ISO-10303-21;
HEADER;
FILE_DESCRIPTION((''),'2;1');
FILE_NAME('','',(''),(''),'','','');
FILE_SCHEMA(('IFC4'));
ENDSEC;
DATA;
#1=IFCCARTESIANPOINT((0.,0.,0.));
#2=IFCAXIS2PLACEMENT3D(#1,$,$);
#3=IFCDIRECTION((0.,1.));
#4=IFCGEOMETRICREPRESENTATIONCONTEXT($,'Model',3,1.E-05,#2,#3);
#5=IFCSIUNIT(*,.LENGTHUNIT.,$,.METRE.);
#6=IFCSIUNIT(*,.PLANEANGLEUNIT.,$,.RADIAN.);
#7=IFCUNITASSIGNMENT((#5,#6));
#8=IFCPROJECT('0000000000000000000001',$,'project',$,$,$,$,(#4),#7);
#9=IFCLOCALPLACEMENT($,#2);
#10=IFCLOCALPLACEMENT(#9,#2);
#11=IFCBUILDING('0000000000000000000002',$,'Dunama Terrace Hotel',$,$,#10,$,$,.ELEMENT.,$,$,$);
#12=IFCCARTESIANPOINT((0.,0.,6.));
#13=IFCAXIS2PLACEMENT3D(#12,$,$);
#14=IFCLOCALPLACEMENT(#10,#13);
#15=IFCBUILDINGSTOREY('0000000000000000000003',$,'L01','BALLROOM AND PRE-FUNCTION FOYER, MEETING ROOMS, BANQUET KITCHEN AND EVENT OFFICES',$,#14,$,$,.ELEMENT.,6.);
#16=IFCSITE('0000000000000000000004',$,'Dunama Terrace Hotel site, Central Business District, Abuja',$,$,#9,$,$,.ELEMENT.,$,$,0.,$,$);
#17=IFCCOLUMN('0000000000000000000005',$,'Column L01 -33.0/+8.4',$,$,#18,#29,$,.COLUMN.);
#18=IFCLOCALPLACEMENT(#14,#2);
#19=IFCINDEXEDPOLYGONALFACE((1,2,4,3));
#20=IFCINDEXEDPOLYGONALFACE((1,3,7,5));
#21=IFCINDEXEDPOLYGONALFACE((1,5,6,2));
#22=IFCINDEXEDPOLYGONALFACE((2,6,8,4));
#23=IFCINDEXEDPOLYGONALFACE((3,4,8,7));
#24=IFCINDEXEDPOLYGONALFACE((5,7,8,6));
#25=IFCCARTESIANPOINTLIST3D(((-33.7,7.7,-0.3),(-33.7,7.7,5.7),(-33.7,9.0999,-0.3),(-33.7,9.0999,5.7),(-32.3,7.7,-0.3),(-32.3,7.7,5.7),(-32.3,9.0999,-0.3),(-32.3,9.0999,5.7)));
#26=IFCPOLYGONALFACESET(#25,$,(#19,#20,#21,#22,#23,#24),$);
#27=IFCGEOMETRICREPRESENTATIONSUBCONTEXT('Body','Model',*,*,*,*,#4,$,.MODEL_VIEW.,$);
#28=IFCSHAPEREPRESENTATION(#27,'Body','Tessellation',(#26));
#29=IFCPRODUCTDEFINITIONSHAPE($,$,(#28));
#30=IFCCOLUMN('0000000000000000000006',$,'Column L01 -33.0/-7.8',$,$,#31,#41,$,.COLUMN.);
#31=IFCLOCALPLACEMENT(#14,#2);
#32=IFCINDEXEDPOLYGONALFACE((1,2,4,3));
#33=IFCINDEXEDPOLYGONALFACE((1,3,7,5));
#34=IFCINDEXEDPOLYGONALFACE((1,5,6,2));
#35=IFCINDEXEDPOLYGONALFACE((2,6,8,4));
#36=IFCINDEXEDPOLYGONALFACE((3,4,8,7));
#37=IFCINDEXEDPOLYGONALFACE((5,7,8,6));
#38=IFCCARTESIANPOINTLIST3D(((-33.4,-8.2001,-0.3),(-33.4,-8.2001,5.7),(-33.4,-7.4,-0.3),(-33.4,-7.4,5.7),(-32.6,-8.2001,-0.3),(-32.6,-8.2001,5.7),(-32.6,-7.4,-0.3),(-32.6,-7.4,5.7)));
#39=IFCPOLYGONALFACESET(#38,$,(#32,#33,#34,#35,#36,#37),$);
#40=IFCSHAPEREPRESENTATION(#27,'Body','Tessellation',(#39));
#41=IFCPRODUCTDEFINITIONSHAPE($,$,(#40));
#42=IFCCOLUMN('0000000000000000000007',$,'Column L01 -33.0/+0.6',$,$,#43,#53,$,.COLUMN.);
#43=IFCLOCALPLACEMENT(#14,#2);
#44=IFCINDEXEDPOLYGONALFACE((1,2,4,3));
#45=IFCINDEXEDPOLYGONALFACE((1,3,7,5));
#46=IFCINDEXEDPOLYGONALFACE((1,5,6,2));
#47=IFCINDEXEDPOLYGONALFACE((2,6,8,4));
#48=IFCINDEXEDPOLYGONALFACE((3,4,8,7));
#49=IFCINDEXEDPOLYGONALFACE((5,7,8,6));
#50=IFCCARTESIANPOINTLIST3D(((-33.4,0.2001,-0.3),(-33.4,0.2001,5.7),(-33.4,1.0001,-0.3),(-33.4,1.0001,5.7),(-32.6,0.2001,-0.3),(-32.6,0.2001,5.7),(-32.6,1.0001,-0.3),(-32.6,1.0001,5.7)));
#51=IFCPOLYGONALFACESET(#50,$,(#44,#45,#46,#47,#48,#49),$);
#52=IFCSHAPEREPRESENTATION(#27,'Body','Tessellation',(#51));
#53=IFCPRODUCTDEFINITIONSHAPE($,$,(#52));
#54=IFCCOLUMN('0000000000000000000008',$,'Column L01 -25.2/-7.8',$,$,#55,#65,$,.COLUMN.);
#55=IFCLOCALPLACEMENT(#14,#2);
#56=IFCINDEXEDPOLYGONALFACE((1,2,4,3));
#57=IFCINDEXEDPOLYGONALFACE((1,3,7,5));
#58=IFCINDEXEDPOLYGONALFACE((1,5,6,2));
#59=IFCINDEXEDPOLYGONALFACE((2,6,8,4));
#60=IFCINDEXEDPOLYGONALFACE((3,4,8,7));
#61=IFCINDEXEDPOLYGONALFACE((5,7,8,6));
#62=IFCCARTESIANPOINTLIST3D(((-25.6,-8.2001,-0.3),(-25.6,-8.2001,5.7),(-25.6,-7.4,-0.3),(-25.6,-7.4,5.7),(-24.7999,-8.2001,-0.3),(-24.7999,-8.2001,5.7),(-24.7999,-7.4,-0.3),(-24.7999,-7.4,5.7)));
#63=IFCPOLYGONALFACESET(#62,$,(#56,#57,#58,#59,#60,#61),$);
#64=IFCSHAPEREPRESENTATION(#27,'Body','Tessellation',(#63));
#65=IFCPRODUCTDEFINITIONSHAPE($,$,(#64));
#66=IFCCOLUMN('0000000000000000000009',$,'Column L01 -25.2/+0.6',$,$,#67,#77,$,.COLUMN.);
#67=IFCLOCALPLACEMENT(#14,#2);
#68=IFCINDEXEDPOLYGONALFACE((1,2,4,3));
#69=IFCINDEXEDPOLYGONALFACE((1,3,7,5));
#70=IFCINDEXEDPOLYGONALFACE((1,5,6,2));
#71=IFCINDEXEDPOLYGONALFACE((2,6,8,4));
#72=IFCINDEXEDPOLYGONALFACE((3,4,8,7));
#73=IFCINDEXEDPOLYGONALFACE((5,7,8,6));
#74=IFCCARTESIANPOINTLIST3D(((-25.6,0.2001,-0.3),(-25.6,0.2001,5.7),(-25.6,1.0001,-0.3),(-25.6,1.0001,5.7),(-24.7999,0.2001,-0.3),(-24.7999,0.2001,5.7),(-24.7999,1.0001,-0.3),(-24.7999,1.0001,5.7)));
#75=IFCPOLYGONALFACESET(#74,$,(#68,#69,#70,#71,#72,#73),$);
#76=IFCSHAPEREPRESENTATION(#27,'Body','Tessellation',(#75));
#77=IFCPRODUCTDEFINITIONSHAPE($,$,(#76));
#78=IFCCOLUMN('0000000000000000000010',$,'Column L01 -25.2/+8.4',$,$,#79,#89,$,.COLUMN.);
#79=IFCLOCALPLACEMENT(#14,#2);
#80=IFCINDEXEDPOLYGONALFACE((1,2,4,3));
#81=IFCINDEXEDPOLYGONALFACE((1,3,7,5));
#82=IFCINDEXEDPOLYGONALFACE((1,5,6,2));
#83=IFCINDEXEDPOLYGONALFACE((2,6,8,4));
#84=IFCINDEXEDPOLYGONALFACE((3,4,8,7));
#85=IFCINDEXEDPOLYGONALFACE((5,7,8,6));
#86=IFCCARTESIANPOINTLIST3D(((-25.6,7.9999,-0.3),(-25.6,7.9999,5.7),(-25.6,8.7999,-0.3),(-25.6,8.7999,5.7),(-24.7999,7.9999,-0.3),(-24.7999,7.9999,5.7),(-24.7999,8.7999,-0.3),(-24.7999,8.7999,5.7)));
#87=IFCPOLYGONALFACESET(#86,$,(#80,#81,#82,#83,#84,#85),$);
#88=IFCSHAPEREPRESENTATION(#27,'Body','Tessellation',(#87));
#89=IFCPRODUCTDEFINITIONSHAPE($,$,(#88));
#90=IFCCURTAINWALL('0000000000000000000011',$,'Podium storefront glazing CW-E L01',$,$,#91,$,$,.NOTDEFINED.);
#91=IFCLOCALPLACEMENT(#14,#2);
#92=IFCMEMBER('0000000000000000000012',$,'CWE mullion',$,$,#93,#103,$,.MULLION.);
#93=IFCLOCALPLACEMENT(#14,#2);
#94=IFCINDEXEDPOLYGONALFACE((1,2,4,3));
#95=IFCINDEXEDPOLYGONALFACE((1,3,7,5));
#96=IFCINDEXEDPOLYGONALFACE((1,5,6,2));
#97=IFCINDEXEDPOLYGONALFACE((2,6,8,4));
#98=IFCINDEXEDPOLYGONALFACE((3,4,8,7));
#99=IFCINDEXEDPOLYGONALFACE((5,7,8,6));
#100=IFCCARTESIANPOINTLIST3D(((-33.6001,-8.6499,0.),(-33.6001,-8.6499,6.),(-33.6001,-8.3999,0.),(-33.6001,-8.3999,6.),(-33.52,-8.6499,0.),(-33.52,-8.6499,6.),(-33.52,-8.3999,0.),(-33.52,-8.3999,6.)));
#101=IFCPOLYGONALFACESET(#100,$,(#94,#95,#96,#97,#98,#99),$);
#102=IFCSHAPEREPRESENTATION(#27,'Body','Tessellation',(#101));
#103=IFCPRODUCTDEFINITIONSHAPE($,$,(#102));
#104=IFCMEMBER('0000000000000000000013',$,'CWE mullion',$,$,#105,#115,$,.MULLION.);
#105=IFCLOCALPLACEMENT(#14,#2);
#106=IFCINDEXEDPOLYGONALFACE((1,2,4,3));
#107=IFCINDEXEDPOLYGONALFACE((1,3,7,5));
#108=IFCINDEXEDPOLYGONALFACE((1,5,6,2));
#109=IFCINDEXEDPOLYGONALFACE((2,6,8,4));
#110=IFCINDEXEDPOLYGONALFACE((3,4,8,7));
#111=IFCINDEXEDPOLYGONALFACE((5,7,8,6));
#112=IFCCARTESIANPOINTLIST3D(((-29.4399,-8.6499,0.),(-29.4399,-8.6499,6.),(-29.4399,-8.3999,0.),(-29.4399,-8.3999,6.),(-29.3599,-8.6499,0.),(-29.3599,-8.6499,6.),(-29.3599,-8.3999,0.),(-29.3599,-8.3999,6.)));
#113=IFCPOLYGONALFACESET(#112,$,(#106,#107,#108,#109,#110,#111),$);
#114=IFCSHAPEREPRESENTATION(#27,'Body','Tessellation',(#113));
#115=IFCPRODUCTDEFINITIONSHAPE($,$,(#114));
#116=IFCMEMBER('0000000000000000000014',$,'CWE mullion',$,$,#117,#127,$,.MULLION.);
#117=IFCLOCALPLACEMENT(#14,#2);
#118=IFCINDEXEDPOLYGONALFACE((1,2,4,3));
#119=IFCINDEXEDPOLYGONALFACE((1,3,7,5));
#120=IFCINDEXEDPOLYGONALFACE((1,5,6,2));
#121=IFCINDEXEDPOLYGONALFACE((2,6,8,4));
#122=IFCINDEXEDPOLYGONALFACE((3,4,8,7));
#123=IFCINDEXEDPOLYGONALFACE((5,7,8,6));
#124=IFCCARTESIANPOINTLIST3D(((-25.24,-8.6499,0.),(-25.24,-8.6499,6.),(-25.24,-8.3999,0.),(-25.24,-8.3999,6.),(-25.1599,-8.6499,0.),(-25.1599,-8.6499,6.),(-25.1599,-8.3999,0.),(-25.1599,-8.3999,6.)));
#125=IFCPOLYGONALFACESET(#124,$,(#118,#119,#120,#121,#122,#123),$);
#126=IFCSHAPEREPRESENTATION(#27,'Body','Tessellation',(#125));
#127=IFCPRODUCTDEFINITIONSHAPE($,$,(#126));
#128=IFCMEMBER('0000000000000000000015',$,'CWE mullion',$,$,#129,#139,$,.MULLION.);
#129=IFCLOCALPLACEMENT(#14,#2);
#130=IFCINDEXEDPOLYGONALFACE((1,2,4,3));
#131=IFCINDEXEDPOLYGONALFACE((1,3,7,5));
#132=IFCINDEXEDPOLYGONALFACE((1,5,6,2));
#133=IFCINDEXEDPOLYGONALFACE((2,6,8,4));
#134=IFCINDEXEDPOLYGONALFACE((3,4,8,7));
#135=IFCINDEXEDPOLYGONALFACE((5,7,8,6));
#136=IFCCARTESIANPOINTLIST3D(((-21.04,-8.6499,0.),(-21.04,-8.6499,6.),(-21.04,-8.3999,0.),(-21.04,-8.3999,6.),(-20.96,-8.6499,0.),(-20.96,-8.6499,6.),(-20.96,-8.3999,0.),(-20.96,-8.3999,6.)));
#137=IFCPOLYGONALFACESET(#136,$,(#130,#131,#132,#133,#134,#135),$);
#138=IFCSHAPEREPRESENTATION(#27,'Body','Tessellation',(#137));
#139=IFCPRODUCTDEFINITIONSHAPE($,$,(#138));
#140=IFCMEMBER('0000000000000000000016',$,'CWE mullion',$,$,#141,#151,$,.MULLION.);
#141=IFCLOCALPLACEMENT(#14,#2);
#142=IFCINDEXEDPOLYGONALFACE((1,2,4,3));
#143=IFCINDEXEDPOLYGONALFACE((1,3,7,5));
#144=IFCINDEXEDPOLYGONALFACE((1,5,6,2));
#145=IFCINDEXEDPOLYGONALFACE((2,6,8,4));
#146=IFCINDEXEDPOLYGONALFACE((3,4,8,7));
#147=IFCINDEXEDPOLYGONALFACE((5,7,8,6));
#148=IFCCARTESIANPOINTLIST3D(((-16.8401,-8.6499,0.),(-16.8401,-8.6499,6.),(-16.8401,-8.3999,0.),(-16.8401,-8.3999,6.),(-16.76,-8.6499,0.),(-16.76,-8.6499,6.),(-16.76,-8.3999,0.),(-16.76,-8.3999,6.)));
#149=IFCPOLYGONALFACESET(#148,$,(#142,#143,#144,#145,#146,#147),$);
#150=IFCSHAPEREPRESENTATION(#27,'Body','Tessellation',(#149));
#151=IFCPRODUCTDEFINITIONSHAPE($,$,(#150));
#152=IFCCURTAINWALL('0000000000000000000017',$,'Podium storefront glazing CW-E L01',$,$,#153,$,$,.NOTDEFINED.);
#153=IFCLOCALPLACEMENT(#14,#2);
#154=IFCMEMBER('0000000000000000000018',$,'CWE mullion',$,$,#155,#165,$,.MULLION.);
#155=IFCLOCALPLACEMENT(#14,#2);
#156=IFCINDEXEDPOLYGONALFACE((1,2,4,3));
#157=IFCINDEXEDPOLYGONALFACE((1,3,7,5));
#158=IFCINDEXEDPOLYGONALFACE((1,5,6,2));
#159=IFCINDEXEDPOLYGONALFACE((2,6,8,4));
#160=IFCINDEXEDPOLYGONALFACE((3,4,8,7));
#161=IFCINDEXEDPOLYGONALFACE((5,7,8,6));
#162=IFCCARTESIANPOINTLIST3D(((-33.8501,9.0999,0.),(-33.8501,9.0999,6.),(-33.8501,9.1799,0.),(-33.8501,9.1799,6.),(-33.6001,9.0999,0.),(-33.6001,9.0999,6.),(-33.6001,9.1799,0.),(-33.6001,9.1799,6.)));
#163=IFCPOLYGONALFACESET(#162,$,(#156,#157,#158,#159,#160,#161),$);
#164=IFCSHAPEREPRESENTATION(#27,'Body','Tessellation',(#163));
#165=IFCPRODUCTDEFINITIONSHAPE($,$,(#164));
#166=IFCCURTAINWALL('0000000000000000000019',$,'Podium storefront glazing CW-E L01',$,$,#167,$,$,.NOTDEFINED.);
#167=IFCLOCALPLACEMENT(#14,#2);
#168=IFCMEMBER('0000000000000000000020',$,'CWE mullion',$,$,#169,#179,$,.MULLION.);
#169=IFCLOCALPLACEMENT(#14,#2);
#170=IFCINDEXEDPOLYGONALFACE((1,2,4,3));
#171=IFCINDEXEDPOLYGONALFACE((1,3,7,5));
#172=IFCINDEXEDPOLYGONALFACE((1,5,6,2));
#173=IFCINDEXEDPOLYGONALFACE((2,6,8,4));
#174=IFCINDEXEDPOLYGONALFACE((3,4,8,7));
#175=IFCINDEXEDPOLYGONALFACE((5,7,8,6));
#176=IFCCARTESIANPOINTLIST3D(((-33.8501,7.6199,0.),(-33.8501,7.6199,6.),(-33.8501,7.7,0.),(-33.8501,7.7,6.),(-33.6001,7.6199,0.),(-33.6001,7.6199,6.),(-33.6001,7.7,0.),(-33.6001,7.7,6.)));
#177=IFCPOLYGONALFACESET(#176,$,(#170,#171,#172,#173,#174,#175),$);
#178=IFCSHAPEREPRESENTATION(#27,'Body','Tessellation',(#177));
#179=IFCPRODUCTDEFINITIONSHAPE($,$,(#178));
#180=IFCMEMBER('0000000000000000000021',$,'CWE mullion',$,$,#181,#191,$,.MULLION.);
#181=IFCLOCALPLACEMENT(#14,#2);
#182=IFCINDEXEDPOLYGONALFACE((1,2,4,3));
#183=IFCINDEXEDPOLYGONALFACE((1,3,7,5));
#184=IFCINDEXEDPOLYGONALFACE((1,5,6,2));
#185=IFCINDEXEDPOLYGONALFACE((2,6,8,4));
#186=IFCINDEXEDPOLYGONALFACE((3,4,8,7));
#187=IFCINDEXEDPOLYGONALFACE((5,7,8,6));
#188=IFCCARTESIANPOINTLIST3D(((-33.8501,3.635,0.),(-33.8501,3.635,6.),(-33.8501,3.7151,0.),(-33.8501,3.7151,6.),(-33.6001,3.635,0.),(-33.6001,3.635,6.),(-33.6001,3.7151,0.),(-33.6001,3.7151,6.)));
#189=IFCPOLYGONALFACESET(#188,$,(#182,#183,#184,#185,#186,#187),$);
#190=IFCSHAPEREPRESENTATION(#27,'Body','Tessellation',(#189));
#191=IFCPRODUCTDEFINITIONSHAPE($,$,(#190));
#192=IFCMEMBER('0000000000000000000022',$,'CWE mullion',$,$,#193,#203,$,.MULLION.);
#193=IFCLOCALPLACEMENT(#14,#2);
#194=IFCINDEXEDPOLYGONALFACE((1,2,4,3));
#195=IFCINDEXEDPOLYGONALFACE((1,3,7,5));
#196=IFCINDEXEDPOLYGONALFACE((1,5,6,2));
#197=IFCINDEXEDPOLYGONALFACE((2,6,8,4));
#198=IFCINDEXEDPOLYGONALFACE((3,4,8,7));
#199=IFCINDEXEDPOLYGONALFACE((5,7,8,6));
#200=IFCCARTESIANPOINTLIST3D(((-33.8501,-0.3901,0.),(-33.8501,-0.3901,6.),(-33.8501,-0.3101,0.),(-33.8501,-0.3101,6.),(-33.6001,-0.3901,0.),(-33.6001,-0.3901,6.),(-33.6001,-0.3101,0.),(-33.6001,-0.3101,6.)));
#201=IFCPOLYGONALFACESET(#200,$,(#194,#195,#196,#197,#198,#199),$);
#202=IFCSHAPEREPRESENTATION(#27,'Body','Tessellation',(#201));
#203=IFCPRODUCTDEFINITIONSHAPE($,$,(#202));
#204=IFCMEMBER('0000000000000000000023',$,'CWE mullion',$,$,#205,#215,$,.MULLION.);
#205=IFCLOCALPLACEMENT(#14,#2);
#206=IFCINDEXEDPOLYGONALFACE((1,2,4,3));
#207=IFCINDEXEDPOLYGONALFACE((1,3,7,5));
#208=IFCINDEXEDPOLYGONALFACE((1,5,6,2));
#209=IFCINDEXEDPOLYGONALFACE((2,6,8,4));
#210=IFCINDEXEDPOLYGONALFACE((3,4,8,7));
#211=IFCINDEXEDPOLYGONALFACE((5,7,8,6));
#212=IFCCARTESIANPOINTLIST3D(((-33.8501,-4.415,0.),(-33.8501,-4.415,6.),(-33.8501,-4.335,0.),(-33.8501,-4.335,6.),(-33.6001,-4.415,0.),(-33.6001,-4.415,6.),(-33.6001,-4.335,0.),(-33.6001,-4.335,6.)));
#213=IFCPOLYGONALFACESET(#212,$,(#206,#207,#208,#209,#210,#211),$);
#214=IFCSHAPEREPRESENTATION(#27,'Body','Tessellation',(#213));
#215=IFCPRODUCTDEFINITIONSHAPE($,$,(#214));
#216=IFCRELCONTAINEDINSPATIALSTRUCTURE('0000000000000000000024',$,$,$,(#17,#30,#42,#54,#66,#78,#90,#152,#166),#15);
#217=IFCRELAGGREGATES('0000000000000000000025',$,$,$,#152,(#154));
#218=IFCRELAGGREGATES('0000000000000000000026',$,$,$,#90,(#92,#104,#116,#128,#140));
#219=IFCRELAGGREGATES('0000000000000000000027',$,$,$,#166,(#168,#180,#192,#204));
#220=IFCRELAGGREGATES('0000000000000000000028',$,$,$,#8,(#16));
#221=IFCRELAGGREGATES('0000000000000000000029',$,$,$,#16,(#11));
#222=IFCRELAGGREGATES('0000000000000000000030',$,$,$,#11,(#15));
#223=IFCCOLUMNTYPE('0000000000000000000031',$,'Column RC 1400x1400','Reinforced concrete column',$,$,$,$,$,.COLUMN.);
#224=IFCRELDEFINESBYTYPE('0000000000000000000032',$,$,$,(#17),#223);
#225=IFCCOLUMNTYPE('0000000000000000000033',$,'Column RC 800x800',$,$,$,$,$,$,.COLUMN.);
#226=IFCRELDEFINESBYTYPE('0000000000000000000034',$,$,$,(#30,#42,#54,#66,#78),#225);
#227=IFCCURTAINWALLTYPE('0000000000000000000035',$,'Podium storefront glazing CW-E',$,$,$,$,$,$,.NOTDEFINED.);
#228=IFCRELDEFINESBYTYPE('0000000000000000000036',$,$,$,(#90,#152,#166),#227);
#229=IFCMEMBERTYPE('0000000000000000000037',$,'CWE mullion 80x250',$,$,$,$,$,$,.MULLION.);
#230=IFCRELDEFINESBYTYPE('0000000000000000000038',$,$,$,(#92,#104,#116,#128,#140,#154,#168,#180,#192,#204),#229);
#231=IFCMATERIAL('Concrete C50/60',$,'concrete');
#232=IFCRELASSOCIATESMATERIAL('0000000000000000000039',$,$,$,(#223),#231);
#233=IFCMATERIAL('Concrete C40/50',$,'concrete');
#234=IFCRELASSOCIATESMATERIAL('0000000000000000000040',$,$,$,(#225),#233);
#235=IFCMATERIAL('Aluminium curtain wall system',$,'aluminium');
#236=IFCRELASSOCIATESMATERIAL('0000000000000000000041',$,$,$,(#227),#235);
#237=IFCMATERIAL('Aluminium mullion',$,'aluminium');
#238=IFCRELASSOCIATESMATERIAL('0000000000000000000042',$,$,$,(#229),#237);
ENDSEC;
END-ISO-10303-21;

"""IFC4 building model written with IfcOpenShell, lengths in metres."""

from ifc_helpers import new_model, si_unit, direction, frame, origin, origin_2d, place, context, subcontext, project, spatial, rectangle, extrude, material, material_profile, profile_set, type_object, element, aggregate, save


model = new_model("IFC4")

# Units and contexts
model_context = context("Model", 3, precision=1e-05, world=origin(), true_north=direction((0.0, 1.0)))
body_context = subcontext(model_context, "Body", "Model", "MODEL_VIEW")
ifc_project = project(units=[si_unit("LENGTHUNIT", "METRE"), si_unit("PLANEANGLEUNIT", "RADIAN")], contexts=[model_context])

# Site, building, storey
site_placement = place(None, origin())
site = spatial("IfcSite", under=ifc_project, at=site_placement, Name="Dunama Terrace Hotel site, Central Business District, Abuja", CompositionType="ELEMENT", RefElevation=0.0)
building_placement = place(site_placement, origin())
building = spatial("IfcBuilding", under=site, at=building_placement, Name="Dunama Terrace Hotel", CompositionType="ELEMENT")
storey_placement = place(building_placement, frame((0.0, 0.0, 6.0)))
storey = spatial("IfcBuildingStorey", under=building, at=storey_placement, Name="L01", Description="BALLROOM AND PRE-FUNCTION FOYER, MEETING ROOMS, BANQUET KITCHEN AND EVENT OFFICES", CompositionType="ELEMENT", Elevation=6.0)

# Columns
ifc_material_1 = material(Name="Concrete C50/60", Category="concrete")
ifc_material_profile_1 = material_profile(ifc_material_1, rectangle(XDim=1.3999, YDim=1.3999, at=origin_2d()), Name="RC 1400x1400")
ifc_profile_set_1 = profile_set([ifc_material_profile_1], Name="Concrete C50/60")
column_type_1 = type_object("IfcColumnType", Name="Column RC 1400x1400", Description="Reinforced concrete column", PredefinedType="COLUMN", material=ifc_profile_set_1)
column_placement = place(storey_placement, frame((-33.0, 8.3999, -0.3), z_axis=(0.0, 0.0, 1.0), x_axis=(1.0, 0.0, 0.0)))
element("IfcColumn", 1, at=column_placement, inside=storey, type_object=column_type_1, Name="Column L01 -33.0/+8.4", PredefinedType="COLUMN", context=body_context, shape_type="SweptSolid", body=[
    extrude(rectangle(XDim=1.3999, YDim=1.3999, at=origin_2d()), origin(), (0.0, 0.0, 1.0), 6.0),
])
ifc_material_2 = material(Name="Concrete C40/50", Category="concrete")
ifc_material_profile_2 = material_profile(ifc_material_2, rectangle(XDim=0.8, YDim=0.8, at=origin_2d()), Name="RC 800x800")
ifc_profile_set_2 = profile_set([ifc_material_profile_2], Name="Concrete C40/50")
column_type_2 = type_object("IfcColumnType", Name="Column RC 800x800", PredefinedType="COLUMN", material=ifc_profile_set_2)
for number, where, z_axis, x_axis, name in (
    (2, (-33.0, -7.8, -0.3), (0.0, 0.0, 1.0), (1.0, 0.0, 0.0), "Column L01 -33.0/-7.8"),
    (3, (-33.0, 0.6001, -0.3), (0.0, 0.0, 1.0), (1.0, 0.0, 0.0), "Column L01 -33.0/+0.6"),
    (4, (-25.2, -7.8, -0.3), (0.0, 0.0, 1.0), (1.0, 0.0, 0.0), "Column L01 -25.2/-7.8"),
    (5, (-25.2, 0.6001, -0.3), (0.0, 0.0, 1.0), (1.0, 0.0, 0.0), "Column L01 -25.2/+0.6"),
    (6, (-25.2, 8.3999, -0.3), (0.0, 0.0, 1.0), (1.0, 0.0, 0.0), "Column L01 -25.2/+8.4"),
):
    element("IfcColumn", number, at=place(storey_placement, frame(where, z_axis=z_axis, x_axis=x_axis)), inside=storey, type_object=column_type_2, Name=name, PredefinedType="COLUMN", context=body_context, shape_type="SweptSolid", body=[
        extrude(rectangle(XDim=0.8, YDim=0.8, at=origin_2d()), origin(), (0.0, 0.0, 1.0), 6.0),
    ])

# Curtain wall, members
ifc_material_3 = material(Name="Aluminium curtain wall system", Category="aluminium")
curtain_wall_type = type_object("IfcCurtainWallType", Name="Podium storefront glazing CW-E", PredefinedType="NOTDEFINED", material=ifc_material_3)
curtain_wall_1_placement = place(storey_placement, origin())
curtain_wall_1 = element("IfcCurtainWall", 7, at=curtain_wall_1_placement, inside=storey, type_object=curtain_wall_type, Name="Podium storefront glazing CW-E L01", PredefinedType="NOTDEFINED")
ifc_material_4 = material(Name="Aluminium mullion", Category="aluminium")
ifc_material_profile_3 = material_profile(ifc_material_4, rectangle(XDim=0.0801, YDim=0.25, at=origin_2d()), Name="CWE MULLION 80X250")
ifc_profile_set_3 = profile_set([ifc_material_profile_3], Name="Aluminium mullion")
member_type_1 = type_object("IfcMemberType", Name="CWE mullion 80x250", PredefinedType="MULLION", material=ifc_profile_set_3)
member_1_placement = place(storey_placement, frame((-33.5601, -8.5249, 0.0), z_axis=(0.0, 0.0, 1.0), x_axis=(1.0, 0.0, 0.0)))
member_1 = element("IfcMember", 8, at=member_1_placement, type_object=member_type_1, Name="CWE mullion", PredefinedType="MULLION", context=body_context, shape_type="SweptSolid", body=[
    extrude(rectangle(XDim=0.0801, YDim=0.25, at=origin_2d()), origin(), (0.0, 0.0, 1.0), 6.0),
])
member_2_placement = place(storey_placement, frame((-29.3999, -8.5249, 0.0), z_axis=(0.0, 0.0, 1.0), x_axis=(1.0, 0.0, 0.0)))
member_2 = element("IfcMember", 9, at=member_2_placement, type_object=member_type_1, Name="CWE mullion", PredefinedType="MULLION", context=body_context, shape_type="SweptSolid", body=[
    extrude(rectangle(XDim=0.0801, YDim=0.25, at=origin_2d()), origin(), (0.0, 0.0, 1.0), 6.0),
])
member_3_placement = place(storey_placement, frame((-25.2, -8.5249, 0.0), z_axis=(0.0, 0.0, 1.0), x_axis=(1.0, 0.0, 0.0)))
member_3 = element("IfcMember", 10, at=member_3_placement, type_object=member_type_1, Name="CWE mullion", PredefinedType="MULLION", context=body_context, shape_type="SweptSolid", body=[
    extrude(rectangle(XDim=0.0801, YDim=0.25, at=origin_2d()), origin(), (0.0, 0.0, 1.0), 6.0),
])
member_4_placement = place(storey_placement, frame((-21.0, -8.5249, 0.0), z_axis=(0.0, 0.0, 1.0), x_axis=(1.0, 0.0, 0.0)))
member_4 = element("IfcMember", 11, at=member_4_placement, type_object=member_type_1, Name="CWE mullion", PredefinedType="MULLION", context=body_context, shape_type="SweptSolid", body=[
    extrude(rectangle(XDim=0.0801, YDim=0.25, at=origin_2d()), origin(), (0.0, 0.0, 1.0), 6.0),
])
member_5_placement = place(storey_placement, frame((-16.8, -8.5249, 0.0), z_axis=(0.0, 0.0, 1.0), x_axis=(1.0, 0.0, 0.0)))
member_5 = element("IfcMember", 12, at=member_5_placement, type_object=member_type_1, Name="CWE mullion", PredefinedType="MULLION", context=body_context, shape_type="SweptSolid", body=[
    extrude(rectangle(XDim=0.0801, YDim=0.25, at=origin_2d()), origin(), (0.0, 0.0, 1.0), 6.0),
])

# Curtain wall, member
curtain_wall_2_placement = place(storey_placement, origin())
curtain_wall_2 = element("IfcCurtainWall", 13, at=curtain_wall_2_placement, inside=storey, type_object=curtain_wall_type, Name="Podium storefront glazing CW-E L01", PredefinedType="NOTDEFINED")
member_6_placement = place(storey_placement, frame((-33.7251, 9.1399, 0.0), z_axis=(0.0, 0.0, 1.0), x_axis=(0.0, -1.0, 0.0)))
member_6 = element("IfcMember", 14, at=member_6_placement, type_object=member_type_1, Name="CWE mullion", PredefinedType="MULLION", context=body_context, shape_type="SweptSolid", body=[
    extrude(rectangle(XDim=0.0801, YDim=0.25, at=origin_2d()), origin(), (0.0, 0.0, 1.0), 6.0),
])
aggregate(curtain_wall_2, [member_6])

# Curtain wall, members
curtain_wall_3_placement = place(storey_placement, origin())
curtain_wall_3 = element("IfcCurtainWall", 15, at=curtain_wall_3_placement, inside=storey, type_object=curtain_wall_type, Name="Podium storefront glazing CW-E L01", PredefinedType="NOTDEFINED")
member_7_placement = place(storey_placement, frame((-33.7251, 7.6599, 0.0), z_axis=(0.0, 0.0, 1.0), x_axis=(0.0, -1.0, 0.0)))
member_7 = element("IfcMember", 16, at=member_7_placement, type_object=member_type_1, Name="CWE mullion", PredefinedType="MULLION", context=body_context, shape_type="SweptSolid", body=[
    extrude(rectangle(XDim=0.0801, YDim=0.25, at=origin_2d()), origin(), (0.0, 0.0, 1.0), 6.0),
])
member_8_placement = place(storey_placement, frame((-33.7251, 3.675, 0.0), z_axis=(0.0, 0.0, 1.0), x_axis=(0.0, -1.0, 0.0)))
member_8 = element("IfcMember", 17, at=member_8_placement, type_object=member_type_1, Name="CWE mullion", PredefinedType="MULLION", context=body_context, shape_type="SweptSolid", body=[
    extrude(rectangle(XDim=0.0801, YDim=0.25, at=origin_2d()), origin(), (0.0, 0.0, 1.0), 6.0),
])
member_9_placement = place(storey_placement, frame((-33.7251, -0.3501, 0.0), z_axis=(0.0, 0.0, 1.0), x_axis=(0.0, -1.0, 0.0)))
member_9 = element("IfcMember", 18, at=member_9_placement, type_object=member_type_1, Name="CWE mullion", PredefinedType="MULLION", context=body_context, shape_type="SweptSolid", body=[
    extrude(rectangle(XDim=0.0801, YDim=0.25, at=origin_2d()), origin(), (0.0, 0.0, 1.0), 6.0),
])
member_10_placement = place(storey_placement, frame((-33.7251, -4.375, 0.0), z_axis=(0.0, 0.0, 1.0), x_axis=(0.0, -1.0, 0.0)))
member_10 = element("IfcMember", 19, at=member_10_placement, type_object=member_type_1, Name="CWE mullion", PredefinedType="MULLION", context=body_context, shape_type="SweptSolid", body=[
    extrude(rectangle(XDim=0.0801, YDim=0.25, at=origin_2d()), origin(), (0.0, 0.0, 1.0), 6.0),
])

aggregate(curtain_wall_1, [member_1, member_2, member_3, member_4, member_5])
aggregate(curtain_wall_3, [member_7, member_8, member_9, member_10])

save(model, "model.ifc")
